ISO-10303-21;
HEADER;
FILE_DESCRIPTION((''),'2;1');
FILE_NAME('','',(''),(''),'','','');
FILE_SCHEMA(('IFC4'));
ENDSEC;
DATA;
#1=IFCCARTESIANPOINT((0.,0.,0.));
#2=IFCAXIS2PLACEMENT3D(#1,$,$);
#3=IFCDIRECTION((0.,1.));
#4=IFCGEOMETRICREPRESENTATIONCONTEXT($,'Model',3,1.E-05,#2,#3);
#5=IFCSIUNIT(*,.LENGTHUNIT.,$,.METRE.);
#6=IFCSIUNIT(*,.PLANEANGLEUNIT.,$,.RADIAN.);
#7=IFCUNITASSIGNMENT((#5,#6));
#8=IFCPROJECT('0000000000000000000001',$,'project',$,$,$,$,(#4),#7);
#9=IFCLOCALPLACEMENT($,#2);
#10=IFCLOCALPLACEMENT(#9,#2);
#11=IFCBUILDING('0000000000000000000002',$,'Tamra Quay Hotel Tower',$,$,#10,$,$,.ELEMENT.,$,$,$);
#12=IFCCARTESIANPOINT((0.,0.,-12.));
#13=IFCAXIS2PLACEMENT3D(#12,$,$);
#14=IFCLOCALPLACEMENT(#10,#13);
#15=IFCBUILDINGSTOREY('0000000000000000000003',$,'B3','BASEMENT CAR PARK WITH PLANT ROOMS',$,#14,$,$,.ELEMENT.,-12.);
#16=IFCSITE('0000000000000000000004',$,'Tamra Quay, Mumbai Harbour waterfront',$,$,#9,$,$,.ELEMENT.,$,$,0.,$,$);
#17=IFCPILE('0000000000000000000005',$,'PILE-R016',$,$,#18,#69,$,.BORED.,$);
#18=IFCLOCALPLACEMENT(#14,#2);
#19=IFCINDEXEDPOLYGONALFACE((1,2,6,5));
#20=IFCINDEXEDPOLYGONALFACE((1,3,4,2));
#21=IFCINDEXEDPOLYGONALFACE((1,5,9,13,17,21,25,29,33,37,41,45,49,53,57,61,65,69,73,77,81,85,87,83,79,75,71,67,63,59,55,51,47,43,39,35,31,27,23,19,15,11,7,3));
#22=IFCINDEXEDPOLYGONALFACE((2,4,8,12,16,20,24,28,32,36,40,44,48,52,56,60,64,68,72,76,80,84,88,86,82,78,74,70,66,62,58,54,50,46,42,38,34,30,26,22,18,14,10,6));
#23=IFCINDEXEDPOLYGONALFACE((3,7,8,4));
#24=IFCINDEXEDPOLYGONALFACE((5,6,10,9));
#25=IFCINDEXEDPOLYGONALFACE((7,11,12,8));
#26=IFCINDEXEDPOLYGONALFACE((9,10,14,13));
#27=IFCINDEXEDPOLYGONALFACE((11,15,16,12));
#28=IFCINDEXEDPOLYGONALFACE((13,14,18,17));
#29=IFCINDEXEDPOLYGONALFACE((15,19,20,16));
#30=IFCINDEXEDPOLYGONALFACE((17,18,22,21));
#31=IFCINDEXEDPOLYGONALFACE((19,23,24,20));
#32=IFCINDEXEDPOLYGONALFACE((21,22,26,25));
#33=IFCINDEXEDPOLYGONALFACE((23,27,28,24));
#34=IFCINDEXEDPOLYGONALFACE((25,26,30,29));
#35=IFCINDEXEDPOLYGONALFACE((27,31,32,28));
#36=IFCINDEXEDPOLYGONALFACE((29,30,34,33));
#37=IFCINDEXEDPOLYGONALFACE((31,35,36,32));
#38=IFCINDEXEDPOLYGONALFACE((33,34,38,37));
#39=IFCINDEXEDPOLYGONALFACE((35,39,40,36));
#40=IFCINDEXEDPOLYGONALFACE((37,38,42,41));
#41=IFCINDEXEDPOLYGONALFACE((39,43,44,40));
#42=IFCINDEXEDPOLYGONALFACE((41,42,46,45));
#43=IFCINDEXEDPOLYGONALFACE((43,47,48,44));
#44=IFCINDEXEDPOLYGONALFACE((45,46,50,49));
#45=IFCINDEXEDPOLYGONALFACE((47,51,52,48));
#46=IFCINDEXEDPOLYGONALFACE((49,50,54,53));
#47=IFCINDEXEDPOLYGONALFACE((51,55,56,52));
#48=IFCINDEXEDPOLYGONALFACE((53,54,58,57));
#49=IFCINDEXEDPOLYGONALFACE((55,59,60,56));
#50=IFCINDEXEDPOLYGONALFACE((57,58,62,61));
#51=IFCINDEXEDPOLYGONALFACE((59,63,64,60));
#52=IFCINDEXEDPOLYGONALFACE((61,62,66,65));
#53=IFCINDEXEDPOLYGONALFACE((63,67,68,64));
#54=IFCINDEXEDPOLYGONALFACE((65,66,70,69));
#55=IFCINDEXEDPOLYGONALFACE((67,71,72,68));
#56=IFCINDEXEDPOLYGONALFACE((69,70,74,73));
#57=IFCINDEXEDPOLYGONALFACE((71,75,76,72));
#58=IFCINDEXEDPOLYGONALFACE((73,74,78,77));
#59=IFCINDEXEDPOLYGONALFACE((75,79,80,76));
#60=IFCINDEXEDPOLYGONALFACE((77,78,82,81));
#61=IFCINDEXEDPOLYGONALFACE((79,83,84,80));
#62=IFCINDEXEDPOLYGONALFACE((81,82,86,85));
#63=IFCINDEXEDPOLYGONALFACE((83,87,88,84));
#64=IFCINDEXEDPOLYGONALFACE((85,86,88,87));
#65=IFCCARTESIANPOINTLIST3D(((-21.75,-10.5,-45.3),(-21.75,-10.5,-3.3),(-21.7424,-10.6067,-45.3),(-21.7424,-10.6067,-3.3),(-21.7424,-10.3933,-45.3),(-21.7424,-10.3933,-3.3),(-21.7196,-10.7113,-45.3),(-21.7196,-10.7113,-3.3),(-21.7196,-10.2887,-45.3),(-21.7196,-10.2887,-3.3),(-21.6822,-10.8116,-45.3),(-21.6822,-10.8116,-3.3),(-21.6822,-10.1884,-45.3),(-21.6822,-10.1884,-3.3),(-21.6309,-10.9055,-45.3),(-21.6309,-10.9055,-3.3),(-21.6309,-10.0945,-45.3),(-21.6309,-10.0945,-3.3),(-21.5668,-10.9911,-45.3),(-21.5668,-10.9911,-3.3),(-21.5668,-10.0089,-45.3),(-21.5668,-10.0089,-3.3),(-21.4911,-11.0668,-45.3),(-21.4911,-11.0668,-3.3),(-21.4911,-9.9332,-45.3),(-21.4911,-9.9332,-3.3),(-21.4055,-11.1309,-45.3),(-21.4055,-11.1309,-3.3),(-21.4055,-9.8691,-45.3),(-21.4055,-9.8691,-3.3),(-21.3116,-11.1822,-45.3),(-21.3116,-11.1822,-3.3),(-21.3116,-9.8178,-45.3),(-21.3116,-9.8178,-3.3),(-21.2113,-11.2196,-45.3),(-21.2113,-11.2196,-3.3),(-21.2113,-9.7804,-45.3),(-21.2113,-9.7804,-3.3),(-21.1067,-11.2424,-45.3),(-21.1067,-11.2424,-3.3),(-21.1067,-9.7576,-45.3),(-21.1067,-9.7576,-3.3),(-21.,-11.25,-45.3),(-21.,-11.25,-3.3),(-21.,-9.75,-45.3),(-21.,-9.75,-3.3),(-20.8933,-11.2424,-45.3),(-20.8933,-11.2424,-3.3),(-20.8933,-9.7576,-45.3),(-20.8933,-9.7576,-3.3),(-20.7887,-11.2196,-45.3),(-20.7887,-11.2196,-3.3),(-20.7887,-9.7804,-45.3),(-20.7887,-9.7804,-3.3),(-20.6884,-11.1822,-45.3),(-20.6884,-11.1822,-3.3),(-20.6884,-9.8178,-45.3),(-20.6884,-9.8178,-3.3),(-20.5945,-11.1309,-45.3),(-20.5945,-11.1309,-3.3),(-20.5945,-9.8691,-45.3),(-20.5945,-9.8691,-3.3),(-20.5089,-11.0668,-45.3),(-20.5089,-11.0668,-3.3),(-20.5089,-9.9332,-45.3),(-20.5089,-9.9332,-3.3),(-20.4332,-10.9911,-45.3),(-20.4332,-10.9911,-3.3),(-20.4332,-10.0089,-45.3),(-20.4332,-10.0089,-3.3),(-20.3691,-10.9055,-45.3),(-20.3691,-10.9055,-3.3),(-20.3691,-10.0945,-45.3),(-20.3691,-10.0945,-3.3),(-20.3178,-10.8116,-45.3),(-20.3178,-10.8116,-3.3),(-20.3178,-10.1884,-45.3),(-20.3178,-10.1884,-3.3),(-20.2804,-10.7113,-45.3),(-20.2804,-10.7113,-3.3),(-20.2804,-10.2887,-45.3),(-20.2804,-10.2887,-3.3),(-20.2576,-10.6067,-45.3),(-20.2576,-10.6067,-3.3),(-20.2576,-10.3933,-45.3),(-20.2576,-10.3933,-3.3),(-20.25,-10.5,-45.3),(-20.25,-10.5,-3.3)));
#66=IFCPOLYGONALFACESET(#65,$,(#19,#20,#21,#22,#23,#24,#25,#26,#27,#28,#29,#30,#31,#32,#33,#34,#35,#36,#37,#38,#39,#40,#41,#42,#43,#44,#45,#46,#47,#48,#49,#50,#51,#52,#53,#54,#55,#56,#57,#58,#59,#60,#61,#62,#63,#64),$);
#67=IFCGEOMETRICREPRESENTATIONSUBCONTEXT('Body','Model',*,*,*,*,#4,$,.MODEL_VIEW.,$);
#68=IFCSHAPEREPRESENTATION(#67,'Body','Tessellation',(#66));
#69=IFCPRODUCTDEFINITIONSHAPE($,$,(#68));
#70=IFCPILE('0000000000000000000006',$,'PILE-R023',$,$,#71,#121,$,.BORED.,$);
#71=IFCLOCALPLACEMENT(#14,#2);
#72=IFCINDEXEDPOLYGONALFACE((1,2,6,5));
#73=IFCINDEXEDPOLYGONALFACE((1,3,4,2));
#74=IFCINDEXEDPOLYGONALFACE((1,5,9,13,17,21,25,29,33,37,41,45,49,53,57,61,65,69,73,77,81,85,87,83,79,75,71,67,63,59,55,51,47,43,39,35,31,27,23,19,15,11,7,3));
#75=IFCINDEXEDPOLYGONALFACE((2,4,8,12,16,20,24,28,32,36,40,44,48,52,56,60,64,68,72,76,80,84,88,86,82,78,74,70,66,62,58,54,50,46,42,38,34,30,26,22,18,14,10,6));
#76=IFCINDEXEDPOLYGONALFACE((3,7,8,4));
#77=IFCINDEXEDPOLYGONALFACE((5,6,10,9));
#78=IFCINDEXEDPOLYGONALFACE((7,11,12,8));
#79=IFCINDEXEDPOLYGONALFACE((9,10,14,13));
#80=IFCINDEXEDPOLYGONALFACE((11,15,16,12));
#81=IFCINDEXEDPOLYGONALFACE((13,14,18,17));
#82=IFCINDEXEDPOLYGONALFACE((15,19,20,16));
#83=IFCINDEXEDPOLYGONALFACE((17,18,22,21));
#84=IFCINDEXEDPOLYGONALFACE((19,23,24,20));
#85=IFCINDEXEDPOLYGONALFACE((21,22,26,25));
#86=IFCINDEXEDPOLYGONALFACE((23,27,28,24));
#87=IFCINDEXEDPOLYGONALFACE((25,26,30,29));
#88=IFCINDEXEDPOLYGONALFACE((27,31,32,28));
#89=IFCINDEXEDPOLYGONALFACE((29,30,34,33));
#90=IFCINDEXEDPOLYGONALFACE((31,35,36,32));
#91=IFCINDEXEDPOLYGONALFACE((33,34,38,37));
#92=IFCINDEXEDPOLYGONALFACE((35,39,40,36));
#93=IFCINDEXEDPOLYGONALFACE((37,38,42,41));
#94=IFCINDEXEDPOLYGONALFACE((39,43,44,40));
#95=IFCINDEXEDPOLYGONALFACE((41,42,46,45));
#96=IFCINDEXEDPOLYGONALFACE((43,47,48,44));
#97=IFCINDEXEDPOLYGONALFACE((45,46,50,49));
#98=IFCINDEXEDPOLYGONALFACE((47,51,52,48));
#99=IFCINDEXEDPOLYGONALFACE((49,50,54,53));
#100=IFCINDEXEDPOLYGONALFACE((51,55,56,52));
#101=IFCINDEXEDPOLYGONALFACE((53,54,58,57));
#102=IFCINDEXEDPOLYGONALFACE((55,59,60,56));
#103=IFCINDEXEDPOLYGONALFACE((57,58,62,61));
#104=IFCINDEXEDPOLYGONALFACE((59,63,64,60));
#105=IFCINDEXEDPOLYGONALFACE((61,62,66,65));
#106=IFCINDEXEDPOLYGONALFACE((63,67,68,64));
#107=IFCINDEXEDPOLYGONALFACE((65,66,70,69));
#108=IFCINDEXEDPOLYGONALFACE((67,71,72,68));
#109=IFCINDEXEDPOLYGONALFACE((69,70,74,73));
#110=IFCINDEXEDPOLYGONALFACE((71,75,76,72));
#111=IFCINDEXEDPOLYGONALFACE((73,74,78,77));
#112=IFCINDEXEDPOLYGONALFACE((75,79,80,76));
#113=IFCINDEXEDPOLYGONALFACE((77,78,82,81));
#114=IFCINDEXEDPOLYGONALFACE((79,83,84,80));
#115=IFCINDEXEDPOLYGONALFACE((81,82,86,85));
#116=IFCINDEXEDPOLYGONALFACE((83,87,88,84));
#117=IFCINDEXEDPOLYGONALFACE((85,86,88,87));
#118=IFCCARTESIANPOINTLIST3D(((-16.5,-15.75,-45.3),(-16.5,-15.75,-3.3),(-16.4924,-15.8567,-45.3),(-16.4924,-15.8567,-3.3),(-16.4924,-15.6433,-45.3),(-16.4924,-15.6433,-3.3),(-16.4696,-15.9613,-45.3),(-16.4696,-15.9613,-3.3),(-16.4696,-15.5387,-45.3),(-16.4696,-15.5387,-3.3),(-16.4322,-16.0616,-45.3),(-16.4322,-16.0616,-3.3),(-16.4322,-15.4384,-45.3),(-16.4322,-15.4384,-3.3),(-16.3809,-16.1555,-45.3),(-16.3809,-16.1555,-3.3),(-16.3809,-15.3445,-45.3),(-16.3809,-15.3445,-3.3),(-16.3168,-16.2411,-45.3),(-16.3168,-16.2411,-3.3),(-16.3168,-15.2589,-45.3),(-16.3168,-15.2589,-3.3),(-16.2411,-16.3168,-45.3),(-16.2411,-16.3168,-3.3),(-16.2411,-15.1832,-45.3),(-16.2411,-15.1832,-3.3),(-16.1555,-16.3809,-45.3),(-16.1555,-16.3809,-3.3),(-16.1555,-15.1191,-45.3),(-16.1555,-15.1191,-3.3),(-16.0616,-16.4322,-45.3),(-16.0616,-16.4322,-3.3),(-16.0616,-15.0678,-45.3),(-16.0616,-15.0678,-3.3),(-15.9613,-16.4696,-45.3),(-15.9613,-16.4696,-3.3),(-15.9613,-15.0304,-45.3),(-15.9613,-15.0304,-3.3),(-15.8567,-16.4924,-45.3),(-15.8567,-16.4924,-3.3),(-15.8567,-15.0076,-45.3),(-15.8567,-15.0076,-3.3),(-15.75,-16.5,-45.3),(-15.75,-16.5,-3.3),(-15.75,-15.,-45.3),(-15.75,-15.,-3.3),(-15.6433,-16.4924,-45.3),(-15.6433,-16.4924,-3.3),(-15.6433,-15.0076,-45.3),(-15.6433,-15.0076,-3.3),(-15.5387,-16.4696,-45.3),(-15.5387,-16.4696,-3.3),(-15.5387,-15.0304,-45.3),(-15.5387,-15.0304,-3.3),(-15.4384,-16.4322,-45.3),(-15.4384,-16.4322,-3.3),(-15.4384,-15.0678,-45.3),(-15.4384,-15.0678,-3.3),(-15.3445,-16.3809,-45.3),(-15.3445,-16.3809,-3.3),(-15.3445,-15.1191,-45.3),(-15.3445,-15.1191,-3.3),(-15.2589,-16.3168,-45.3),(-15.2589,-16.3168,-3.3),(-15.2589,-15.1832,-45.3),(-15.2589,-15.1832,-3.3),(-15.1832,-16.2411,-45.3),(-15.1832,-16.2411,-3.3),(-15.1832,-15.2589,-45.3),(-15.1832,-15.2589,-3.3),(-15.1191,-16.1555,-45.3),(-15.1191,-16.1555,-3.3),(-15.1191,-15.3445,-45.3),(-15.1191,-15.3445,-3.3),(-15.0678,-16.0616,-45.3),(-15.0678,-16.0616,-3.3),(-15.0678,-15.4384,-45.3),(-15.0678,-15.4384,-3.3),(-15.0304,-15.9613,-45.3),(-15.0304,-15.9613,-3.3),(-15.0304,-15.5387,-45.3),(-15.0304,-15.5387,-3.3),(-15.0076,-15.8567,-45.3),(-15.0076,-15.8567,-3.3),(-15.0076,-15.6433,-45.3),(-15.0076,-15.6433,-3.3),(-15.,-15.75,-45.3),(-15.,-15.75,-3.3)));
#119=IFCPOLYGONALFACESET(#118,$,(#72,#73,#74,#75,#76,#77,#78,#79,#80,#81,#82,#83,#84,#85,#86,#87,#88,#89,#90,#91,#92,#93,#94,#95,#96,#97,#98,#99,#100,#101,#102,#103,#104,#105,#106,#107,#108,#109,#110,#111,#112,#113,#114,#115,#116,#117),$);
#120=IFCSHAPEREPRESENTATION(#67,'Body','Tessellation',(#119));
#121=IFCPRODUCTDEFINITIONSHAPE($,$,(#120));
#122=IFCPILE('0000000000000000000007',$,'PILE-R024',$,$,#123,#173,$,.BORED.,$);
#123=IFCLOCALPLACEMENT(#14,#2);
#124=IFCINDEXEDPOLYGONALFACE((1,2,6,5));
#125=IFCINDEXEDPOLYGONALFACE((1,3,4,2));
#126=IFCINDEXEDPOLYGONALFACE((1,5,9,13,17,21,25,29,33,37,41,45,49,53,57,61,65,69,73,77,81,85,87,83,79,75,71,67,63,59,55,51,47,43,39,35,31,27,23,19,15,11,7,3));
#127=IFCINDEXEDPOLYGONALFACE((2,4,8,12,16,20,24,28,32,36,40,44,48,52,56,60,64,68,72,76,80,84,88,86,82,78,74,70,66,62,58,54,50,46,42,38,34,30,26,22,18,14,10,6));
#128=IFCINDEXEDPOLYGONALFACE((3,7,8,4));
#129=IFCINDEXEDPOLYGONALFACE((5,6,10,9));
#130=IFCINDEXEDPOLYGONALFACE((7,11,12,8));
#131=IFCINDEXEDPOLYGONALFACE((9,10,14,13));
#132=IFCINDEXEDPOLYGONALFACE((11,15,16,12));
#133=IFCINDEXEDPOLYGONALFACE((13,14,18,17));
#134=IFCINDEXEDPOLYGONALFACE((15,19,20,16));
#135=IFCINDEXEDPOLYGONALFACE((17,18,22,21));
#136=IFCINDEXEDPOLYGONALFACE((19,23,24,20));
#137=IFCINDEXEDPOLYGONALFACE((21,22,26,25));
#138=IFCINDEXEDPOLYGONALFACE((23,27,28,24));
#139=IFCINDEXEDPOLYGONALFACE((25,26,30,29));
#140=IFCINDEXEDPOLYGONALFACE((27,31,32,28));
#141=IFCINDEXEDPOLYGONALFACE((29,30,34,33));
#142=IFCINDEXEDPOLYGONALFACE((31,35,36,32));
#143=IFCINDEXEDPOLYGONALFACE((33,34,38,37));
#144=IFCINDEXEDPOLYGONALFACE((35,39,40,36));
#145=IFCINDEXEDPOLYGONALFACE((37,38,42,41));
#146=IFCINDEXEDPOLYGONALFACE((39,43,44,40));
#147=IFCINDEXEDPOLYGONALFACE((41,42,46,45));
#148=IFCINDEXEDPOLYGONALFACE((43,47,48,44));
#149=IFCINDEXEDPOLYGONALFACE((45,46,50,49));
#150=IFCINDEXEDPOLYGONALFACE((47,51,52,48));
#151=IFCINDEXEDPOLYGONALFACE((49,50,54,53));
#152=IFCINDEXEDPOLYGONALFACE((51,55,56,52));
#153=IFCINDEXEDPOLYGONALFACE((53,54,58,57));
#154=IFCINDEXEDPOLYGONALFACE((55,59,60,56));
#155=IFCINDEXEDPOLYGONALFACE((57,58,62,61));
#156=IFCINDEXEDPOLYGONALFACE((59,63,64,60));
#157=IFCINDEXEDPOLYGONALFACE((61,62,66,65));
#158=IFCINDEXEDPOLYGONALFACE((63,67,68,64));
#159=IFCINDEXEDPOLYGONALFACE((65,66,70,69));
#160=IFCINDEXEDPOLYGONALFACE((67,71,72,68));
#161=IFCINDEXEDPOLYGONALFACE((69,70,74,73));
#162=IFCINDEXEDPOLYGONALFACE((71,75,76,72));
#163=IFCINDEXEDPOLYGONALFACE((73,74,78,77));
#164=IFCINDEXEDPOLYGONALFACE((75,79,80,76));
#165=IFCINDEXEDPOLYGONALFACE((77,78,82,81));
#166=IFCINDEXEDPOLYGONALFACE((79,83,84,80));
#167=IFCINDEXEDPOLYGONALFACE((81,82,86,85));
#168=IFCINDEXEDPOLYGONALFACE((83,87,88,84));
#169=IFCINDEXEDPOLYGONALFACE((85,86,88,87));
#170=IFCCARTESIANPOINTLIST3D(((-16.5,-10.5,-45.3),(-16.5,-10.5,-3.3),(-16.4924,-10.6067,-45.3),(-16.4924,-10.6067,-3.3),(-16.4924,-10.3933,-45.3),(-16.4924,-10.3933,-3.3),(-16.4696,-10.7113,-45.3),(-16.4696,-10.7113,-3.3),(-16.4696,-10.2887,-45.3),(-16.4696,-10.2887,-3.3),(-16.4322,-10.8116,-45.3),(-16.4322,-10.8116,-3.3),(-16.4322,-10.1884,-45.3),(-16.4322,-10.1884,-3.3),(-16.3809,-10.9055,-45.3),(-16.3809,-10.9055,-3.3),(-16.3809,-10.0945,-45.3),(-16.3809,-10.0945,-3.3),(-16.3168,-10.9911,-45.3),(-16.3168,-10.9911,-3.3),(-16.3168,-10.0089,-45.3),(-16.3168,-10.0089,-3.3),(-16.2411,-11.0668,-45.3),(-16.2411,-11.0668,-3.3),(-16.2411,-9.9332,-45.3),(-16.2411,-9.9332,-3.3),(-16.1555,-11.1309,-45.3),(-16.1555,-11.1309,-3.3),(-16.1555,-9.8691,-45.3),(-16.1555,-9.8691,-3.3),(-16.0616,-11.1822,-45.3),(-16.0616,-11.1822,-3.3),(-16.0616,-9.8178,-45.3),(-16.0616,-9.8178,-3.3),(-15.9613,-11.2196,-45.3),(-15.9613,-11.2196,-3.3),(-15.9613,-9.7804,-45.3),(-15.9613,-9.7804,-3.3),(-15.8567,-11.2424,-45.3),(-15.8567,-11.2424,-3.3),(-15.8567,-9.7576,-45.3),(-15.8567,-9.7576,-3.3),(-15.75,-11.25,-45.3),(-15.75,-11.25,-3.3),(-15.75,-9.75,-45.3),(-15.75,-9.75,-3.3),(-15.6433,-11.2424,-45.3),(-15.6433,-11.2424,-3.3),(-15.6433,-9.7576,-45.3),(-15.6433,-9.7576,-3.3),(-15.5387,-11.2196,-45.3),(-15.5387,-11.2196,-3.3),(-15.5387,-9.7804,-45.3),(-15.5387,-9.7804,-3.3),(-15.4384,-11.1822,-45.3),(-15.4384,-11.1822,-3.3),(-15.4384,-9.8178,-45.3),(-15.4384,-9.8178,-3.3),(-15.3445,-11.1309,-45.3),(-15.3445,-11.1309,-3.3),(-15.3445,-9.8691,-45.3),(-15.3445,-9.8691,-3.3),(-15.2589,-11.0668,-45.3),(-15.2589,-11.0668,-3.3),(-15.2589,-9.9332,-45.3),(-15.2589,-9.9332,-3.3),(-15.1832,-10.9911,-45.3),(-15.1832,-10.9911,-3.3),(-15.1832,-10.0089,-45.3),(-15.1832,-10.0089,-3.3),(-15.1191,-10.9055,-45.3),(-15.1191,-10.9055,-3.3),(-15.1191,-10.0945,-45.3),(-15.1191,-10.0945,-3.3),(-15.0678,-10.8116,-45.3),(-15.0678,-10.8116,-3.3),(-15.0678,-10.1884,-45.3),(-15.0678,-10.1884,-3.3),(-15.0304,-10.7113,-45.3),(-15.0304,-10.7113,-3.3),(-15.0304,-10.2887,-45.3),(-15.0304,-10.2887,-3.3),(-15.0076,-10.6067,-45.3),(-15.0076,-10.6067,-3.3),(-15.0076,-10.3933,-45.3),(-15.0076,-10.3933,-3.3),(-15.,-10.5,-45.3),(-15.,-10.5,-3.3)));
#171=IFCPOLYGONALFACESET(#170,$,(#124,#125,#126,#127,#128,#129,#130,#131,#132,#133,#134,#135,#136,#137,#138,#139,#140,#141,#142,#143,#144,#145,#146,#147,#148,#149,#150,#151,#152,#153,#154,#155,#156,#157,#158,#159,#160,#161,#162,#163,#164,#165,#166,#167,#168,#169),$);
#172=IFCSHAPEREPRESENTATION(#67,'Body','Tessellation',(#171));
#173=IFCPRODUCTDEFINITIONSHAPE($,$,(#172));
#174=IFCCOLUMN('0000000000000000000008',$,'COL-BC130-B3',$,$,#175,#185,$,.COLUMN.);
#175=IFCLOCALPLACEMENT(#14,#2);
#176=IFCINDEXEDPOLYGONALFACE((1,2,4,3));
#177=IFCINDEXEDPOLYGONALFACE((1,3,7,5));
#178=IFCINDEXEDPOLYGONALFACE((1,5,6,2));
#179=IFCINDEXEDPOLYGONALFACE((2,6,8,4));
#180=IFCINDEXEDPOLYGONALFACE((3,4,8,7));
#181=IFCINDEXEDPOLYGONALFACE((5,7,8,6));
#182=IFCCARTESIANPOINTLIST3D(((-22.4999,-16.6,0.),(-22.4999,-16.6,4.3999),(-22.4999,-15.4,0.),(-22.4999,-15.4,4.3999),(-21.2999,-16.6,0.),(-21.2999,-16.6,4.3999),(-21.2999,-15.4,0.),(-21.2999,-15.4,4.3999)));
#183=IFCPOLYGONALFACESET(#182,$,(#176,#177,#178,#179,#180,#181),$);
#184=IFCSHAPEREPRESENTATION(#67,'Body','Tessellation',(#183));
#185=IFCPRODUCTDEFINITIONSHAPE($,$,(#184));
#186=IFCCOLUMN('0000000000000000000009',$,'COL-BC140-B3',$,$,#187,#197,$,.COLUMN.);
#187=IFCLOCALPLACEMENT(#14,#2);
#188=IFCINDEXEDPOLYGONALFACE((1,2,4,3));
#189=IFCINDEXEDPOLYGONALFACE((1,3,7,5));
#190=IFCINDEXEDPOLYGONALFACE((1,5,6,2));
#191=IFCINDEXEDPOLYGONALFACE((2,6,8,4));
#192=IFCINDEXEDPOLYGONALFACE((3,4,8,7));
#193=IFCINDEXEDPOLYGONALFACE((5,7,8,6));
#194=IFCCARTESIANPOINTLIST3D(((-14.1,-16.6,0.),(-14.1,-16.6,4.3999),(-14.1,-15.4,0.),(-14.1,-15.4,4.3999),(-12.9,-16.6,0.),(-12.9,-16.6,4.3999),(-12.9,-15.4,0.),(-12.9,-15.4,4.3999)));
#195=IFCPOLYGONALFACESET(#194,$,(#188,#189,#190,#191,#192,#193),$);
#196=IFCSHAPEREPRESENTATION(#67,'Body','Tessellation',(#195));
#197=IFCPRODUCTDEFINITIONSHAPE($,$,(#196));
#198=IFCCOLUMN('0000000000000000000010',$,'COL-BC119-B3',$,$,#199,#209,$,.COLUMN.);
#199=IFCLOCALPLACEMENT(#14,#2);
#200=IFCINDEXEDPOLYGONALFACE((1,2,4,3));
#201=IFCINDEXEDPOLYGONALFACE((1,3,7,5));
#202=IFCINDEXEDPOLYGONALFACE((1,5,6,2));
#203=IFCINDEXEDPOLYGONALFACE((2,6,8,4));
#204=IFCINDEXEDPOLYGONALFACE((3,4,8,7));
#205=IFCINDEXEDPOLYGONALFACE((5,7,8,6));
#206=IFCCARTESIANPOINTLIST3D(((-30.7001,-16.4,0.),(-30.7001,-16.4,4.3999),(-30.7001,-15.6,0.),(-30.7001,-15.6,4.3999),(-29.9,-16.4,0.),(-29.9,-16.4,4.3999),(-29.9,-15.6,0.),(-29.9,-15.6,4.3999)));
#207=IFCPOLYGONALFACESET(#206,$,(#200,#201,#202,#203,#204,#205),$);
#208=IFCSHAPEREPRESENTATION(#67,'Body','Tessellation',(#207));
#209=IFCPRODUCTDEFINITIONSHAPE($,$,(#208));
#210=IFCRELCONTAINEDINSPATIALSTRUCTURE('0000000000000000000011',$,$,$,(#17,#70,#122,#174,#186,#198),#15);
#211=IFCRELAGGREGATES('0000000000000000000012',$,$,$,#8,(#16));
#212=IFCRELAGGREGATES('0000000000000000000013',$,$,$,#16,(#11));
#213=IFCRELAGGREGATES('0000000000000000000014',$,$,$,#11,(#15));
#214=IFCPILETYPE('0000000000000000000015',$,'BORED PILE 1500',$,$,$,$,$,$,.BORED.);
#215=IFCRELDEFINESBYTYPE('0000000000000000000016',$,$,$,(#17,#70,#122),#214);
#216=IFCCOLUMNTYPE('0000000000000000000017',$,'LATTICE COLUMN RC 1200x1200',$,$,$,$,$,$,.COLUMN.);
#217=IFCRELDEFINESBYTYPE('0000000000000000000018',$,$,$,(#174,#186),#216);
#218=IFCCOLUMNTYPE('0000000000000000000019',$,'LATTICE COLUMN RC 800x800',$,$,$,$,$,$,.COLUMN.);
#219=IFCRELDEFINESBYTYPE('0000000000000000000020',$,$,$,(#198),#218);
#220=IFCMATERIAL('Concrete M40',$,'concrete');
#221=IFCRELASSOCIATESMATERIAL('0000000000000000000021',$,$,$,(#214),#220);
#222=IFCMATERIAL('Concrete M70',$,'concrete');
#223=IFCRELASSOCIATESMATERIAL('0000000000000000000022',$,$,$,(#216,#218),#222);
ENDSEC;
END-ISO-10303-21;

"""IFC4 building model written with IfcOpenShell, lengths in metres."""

from ifc_helpers import new_model, si_unit, direction, frame, origin, origin_2d, place, context, subcontext, project, spatial, rectangle, circle, extrude, material, material_profile, profile_set, type_object, element, save


model = new_model("IFC4")

# Units and contexts
model_context = context("Model", 3, precision=1e-05, world=origin(), true_north=direction((0.0, 1.0)))
body_context = subcontext(model_context, "Body", "Model", "MODEL_VIEW")
ifc_project = project(units=[si_unit("LENGTHUNIT", "METRE"), si_unit("PLANEANGLEUNIT", "RADIAN")], contexts=[model_context])

# Site, building, storey
site_placement = place(None, origin())
site = spatial("IfcSite", under=ifc_project, at=site_placement, Name="Tamra Quay, Mumbai Harbour waterfront", CompositionType="ELEMENT", RefElevation=0.0)
building_placement = place(site_placement, origin())
building = spatial("IfcBuilding", under=site, at=building_placement, Name="Tamra Quay Hotel Tower", CompositionType="ELEMENT")
storey_placement = place(building_placement, frame((0.0, 0.0, -12.0)))
storey = spatial("IfcBuildingStorey", under=building, at=storey_placement, Name="B3", Description="BASEMENT CAR PARK WITH PLANT ROOMS", CompositionType="ELEMENT", Elevation=-12.0)

# Piles
ifc_material_1 = material(Name="Concrete M40", Category="concrete")
ifc_material_profile_1 = material_profile(ifc_material_1, circle(Radius=0.75, at=origin_2d()), Name="BORED PILE 1500")
ifc_profile_set_1 = profile_set([ifc_material_profile_1], Name="Concrete M40")
pile_type_1 = type_object("IfcPileType", Name="BORED PILE 1500", PredefinedType="BORED", material=ifc_profile_set_1)
for number, where, z_axis, x_axis, name in (
    (1, (-21.0, -10.5, -3.3), (0.0, 0.0, -1.0), (1.0, 0.0, 0.0), "PILE-R016"),
    (2, (-15.75, -15.75, -3.3), (0.0, 0.0, -1.0), (1.0, 0.0, 0.0), "PILE-R023"),
    (3, (-15.75, -10.5, -3.3), (0.0, 0.0, -1.0), (1.0, 0.0, 0.0), "PILE-R024"),
):
    element("IfcPile", number, at=place(storey_placement, frame(where, z_axis=z_axis, x_axis=x_axis)), inside=storey, type_object=pile_type_1, Name=name, PredefinedType="BORED", context=body_context, shape_type="SweptSolid", body=[
        extrude(circle(Radius=0.75, at=origin_2d()), origin(), (0.0, 0.0, 1.0), 42.0),
    ])

# Columns
ifc_material_2 = material(Name="Concrete M70", Category="concrete")
ifc_material_profile_2 = material_profile(ifc_material_2, rectangle(XDim=1.2, YDim=1.2, at=origin_2d()), Name="LATTICE COLUMN RC 1200x1200")
ifc_profile_set_2 = profile_set([ifc_material_profile_2], Name="Concrete M70")
column_type_1 = type_object("IfcColumnType", Name="LATTICE COLUMN RC 1200x1200", PredefinedType="COLUMN", material=ifc_profile_set_2)
for number, where, z_axis, x_axis, name in (
    (4, (-21.8999, -16.0, 0.0), (0.0, 0.0, 1.0), (1.0, 0.0, 0.0), "COL-BC130-B3"),
    (5, (-13.5, -16.0, 0.0), (0.0, 0.0, 1.0), (1.0, 0.0, 0.0), "COL-BC140-B3"),
):
    element("IfcColumn", number, at=place(storey_placement, frame(where, z_axis=z_axis, x_axis=x_axis)), inside=storey, type_object=column_type_1, Name=name, PredefinedType="COLUMN", context=body_context, shape_type="SweptSolid", body=[
        extrude(rectangle(XDim=1.2, YDim=1.2, at=origin_2d()), origin(), (0.0, 0.0, 1.0), 4.3999),
    ])
ifc_material_profile_3 = material_profile(ifc_material_2, rectangle(XDim=0.8, YDim=0.8, at=origin_2d()), Name="LATTICE COLUMN RC 800x800")
ifc_profile_set_3 = profile_set([ifc_material_profile_3], Name="Concrete M70")
column_type_2 = type_object("IfcColumnType", Name="LATTICE COLUMN RC 800x800", PredefinedType="COLUMN", material=ifc_profile_set_3)
column_1_placement = place(storey_placement, frame((-30.3, -16.0, 0.0), z_axis=(0.0, 0.0, 1.0), x_axis=(1.0, 0.0, 0.0)))
element("IfcColumn", 6, at=column_1_placement, inside=storey, type_object=column_type_2, Name="COL-BC119-B3", PredefinedType="COLUMN", context=body_context, shape_type="SweptSolid", body=[
    extrude(rectangle(XDim=0.8, YDim=0.8, at=origin_2d()), origin(), (0.0, 0.0, 1.0), 4.3999),
])

save(model, "model.ifc")
